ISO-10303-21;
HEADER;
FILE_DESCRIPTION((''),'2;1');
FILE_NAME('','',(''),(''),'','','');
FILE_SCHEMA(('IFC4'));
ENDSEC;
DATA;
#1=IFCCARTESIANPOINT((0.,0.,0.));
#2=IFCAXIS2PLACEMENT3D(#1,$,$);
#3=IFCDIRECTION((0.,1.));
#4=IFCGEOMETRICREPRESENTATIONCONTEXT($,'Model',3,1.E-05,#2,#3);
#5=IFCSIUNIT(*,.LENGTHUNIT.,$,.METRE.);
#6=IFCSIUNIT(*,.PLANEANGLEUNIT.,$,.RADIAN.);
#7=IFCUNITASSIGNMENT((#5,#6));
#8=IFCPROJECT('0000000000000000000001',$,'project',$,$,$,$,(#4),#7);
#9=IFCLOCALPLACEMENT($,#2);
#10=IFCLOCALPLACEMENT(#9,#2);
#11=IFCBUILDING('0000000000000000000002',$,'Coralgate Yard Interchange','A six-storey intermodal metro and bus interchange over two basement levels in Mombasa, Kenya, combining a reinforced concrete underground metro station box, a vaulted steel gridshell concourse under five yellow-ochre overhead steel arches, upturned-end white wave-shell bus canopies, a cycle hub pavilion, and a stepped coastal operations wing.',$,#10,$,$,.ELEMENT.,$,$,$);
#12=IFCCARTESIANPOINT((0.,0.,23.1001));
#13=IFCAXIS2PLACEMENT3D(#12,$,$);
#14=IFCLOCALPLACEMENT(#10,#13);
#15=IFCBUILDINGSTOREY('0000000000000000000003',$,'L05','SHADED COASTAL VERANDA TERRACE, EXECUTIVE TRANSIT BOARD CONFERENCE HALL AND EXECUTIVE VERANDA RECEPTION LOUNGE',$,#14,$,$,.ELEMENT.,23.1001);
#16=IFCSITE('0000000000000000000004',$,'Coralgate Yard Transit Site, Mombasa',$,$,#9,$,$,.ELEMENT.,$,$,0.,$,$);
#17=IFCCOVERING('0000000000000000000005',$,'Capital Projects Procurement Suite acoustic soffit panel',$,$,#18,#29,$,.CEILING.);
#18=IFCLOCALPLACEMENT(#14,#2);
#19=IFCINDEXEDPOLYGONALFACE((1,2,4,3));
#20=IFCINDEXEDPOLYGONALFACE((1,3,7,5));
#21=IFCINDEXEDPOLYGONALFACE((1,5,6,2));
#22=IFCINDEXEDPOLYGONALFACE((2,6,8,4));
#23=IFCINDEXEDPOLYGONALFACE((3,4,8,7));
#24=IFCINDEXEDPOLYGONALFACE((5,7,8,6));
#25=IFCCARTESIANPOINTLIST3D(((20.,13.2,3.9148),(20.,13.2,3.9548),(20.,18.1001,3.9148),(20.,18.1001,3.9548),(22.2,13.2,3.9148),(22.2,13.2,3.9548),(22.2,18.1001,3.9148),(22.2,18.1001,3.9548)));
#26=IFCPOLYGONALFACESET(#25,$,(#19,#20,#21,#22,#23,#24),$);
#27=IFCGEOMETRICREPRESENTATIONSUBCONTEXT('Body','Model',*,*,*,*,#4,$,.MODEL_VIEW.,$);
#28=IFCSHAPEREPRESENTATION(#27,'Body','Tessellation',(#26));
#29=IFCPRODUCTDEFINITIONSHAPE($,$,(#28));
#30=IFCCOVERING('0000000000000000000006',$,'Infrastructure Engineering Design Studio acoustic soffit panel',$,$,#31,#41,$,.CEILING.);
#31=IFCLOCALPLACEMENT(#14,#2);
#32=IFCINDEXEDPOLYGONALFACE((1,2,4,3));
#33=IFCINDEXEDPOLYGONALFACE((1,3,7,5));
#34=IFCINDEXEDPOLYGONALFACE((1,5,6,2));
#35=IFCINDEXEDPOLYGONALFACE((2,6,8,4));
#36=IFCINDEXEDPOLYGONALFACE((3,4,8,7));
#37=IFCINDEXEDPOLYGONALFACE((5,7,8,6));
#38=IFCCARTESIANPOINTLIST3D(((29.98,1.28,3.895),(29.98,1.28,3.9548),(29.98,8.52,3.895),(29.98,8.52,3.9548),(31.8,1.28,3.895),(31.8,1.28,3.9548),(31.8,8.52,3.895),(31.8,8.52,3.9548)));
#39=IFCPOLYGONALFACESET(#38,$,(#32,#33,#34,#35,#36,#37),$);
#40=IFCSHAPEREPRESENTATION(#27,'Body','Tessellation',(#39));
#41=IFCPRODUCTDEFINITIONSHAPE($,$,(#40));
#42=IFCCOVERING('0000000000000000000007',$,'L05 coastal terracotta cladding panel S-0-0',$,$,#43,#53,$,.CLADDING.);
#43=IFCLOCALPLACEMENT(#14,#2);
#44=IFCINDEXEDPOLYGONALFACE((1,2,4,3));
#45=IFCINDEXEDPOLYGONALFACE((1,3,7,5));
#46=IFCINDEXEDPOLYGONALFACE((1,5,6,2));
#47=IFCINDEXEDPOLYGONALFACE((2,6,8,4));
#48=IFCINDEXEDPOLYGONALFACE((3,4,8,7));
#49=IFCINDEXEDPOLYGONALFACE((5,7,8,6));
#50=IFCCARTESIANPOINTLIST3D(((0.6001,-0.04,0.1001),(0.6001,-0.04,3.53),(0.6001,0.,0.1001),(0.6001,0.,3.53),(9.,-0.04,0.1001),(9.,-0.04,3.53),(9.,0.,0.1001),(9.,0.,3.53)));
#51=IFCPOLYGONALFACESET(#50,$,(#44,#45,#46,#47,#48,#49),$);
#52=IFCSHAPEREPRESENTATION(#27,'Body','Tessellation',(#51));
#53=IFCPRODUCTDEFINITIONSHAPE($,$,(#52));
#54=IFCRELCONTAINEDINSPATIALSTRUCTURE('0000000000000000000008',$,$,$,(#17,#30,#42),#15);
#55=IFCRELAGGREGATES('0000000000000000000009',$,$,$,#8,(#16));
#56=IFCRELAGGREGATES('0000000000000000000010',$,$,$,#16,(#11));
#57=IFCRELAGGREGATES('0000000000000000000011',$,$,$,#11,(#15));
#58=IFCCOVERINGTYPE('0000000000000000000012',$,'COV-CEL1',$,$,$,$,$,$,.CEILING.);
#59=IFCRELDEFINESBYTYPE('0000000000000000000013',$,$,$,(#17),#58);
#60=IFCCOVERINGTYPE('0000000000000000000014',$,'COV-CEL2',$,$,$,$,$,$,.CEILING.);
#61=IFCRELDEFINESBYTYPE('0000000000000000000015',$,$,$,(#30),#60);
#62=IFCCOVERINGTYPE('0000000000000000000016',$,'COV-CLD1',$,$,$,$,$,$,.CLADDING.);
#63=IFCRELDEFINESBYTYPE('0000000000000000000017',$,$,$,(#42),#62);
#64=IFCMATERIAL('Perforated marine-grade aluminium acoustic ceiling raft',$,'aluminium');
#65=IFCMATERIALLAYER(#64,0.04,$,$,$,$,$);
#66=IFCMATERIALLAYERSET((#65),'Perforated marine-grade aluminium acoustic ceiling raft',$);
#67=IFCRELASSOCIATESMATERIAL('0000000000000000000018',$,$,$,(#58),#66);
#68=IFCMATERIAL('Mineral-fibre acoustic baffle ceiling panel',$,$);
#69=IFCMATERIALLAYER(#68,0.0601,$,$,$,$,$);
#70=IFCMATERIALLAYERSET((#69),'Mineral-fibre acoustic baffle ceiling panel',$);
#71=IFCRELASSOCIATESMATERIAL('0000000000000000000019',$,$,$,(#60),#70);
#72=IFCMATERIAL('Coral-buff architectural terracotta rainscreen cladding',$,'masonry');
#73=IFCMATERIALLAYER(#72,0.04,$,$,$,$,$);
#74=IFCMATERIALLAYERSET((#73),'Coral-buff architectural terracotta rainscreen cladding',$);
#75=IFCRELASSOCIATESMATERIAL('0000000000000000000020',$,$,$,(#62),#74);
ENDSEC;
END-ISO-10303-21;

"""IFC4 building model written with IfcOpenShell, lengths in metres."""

from ifc_helpers import new_model, si_unit, direction, frame, origin, origin_2d, place, context, subcontext, project, spatial, polyline, rectangle, outline, extrude, material, layer, layer_set, type_object, element, save


model = new_model("IFC4")

# Units and contexts
model_context = context("Model", 3, precision=1e-05, world=origin(), true_north=direction((0.0, 1.0)))
body_context = subcontext(model_context, "Body", "Model", "MODEL_VIEW")
ifc_project = project(units=[si_unit("LENGTHUNIT", "METRE"), si_unit("PLANEANGLEUNIT", "RADIAN")], contexts=[model_context])

# Site, building, storey
site_placement = place(None, origin())
site = spatial("IfcSite", under=ifc_project, at=site_placement, Name="Coralgate Yard Transit Site, Mombasa", CompositionType="ELEMENT", RefElevation=0.0)
building_placement = place(site_placement, origin())
building = spatial("IfcBuilding", under=site, at=building_placement, Name="Coralgate Yard Interchange", Description="A six-storey intermodal metro and bus interchange over two basement levels in Mombasa, Kenya, combining a reinforced concrete underground metro station box, a vaulted steel gridshell concourse under five yellow-ochre overhead steel arches, upturned-end white wave-shell bus canopies, a cycle hub pavilion, and a stepped coastal operations wing.", CompositionType="ELEMENT")
storey_placement = place(building_placement, frame((0.0, 0.0, 23.1001)))
storey = spatial("IfcBuildingStorey", under=building, at=storey_placement, Name="L05", Description="SHADED COASTAL VERANDA TERRACE, EXECUTIVE TRANSIT BOARD CONFERENCE HALL AND EXECUTIVE VERANDA RECEPTION LOUNGE", CompositionType="ELEMENT", Elevation=23.1001)

# Coverings
ifc_material_1 = material(Name="Perforated marine-grade aluminium acoustic ceiling raft", Category="aluminium")
ifc_layer_1 = layer(ifc_material_1, 0.04)
ifc_layer_set_1 = layer_set([ifc_layer_1], Name="Perforated marine-grade aluminium acoustic ceiling raft")
covering_type_1 = type_object("IfcCoveringType", Name="COV-CEL1", PredefinedType="CEILING", material=ifc_layer_set_1)
covering_1_placement = place(storey_placement, frame((0.0, 0.0, 3.9148)))
element("IfcCovering", 1, at=covering_1_placement, inside=storey, type_object=covering_type_1, Name="Capital Projects Procurement Suite acoustic soffit panel", PredefinedType="CEILING", context=body_context, shape_type="SweptSolid", body=[
    extrude(outline(polyline([(20.0, 13.2), (22.2, 13.2), (22.2, 18.1001), (20.0, 18.1001), (20.0, 13.2)])), origin(), (0.0, 0.0, 1.0), 0.04),
])
ifc_material_2 = material(Name="Mineral-fibre acoustic baffle ceiling panel")
ifc_layer_2 = layer(ifc_material_2, 0.0601)
ifc_layer_set_2 = layer_set([ifc_layer_2], Name="Mineral-fibre acoustic baffle ceiling panel")
covering_type_2 = type_object("IfcCoveringType", Name="COV-CEL2", PredefinedType="CEILING", material=ifc_layer_set_2)
covering_2_placement = place(storey_placement, frame((0.0, 0.0, 3.895)))
element("IfcCovering", 2, at=covering_2_placement, inside=storey, type_object=covering_type_2, Name="Infrastructure Engineering Design Studio acoustic soffit panel", PredefinedType="CEILING", context=body_context, shape_type="SweptSolid", body=[
    extrude(outline(polyline([(29.98, 1.28), (31.8, 1.28), (31.8, 8.52), (29.98, 8.52), (29.98, 1.28)])), origin(), (0.0, 0.0, 1.0), 0.0598),
])
ifc_material_3 = material(Name="Coral-buff architectural terracotta rainscreen cladding", Category="masonry")
ifc_layer_3 = layer(ifc_material_3, 0.04)
ifc_layer_set_3 = layer_set([ifc_layer_3], Name="Coral-buff architectural terracotta rainscreen cladding")
covering_type_3 = type_object("IfcCoveringType", Name="COV-CLD1", PredefinedType="CLADDING", material=ifc_layer_set_3)
covering_3_placement = place(storey_placement, frame((4.8, -0.02, 0.1001), z_axis=(0.0, 0.0, 1.0), x_axis=(-1.0, 0.0, 0.0)))
element("IfcCovering", 3, at=covering_3_placement, inside=storey, type_object=covering_type_3, Name="L05 coastal terracotta cladding panel S-0-0", PredefinedType="CLADDING", context=body_context, shape_type="SweptSolid", body=[
    extrude(rectangle(XDim=8.3999, YDim=0.04, at=origin_2d()), origin(), (0.0, 0.0, 1.0), 3.4299),
])

save(model, "model.ifc")
